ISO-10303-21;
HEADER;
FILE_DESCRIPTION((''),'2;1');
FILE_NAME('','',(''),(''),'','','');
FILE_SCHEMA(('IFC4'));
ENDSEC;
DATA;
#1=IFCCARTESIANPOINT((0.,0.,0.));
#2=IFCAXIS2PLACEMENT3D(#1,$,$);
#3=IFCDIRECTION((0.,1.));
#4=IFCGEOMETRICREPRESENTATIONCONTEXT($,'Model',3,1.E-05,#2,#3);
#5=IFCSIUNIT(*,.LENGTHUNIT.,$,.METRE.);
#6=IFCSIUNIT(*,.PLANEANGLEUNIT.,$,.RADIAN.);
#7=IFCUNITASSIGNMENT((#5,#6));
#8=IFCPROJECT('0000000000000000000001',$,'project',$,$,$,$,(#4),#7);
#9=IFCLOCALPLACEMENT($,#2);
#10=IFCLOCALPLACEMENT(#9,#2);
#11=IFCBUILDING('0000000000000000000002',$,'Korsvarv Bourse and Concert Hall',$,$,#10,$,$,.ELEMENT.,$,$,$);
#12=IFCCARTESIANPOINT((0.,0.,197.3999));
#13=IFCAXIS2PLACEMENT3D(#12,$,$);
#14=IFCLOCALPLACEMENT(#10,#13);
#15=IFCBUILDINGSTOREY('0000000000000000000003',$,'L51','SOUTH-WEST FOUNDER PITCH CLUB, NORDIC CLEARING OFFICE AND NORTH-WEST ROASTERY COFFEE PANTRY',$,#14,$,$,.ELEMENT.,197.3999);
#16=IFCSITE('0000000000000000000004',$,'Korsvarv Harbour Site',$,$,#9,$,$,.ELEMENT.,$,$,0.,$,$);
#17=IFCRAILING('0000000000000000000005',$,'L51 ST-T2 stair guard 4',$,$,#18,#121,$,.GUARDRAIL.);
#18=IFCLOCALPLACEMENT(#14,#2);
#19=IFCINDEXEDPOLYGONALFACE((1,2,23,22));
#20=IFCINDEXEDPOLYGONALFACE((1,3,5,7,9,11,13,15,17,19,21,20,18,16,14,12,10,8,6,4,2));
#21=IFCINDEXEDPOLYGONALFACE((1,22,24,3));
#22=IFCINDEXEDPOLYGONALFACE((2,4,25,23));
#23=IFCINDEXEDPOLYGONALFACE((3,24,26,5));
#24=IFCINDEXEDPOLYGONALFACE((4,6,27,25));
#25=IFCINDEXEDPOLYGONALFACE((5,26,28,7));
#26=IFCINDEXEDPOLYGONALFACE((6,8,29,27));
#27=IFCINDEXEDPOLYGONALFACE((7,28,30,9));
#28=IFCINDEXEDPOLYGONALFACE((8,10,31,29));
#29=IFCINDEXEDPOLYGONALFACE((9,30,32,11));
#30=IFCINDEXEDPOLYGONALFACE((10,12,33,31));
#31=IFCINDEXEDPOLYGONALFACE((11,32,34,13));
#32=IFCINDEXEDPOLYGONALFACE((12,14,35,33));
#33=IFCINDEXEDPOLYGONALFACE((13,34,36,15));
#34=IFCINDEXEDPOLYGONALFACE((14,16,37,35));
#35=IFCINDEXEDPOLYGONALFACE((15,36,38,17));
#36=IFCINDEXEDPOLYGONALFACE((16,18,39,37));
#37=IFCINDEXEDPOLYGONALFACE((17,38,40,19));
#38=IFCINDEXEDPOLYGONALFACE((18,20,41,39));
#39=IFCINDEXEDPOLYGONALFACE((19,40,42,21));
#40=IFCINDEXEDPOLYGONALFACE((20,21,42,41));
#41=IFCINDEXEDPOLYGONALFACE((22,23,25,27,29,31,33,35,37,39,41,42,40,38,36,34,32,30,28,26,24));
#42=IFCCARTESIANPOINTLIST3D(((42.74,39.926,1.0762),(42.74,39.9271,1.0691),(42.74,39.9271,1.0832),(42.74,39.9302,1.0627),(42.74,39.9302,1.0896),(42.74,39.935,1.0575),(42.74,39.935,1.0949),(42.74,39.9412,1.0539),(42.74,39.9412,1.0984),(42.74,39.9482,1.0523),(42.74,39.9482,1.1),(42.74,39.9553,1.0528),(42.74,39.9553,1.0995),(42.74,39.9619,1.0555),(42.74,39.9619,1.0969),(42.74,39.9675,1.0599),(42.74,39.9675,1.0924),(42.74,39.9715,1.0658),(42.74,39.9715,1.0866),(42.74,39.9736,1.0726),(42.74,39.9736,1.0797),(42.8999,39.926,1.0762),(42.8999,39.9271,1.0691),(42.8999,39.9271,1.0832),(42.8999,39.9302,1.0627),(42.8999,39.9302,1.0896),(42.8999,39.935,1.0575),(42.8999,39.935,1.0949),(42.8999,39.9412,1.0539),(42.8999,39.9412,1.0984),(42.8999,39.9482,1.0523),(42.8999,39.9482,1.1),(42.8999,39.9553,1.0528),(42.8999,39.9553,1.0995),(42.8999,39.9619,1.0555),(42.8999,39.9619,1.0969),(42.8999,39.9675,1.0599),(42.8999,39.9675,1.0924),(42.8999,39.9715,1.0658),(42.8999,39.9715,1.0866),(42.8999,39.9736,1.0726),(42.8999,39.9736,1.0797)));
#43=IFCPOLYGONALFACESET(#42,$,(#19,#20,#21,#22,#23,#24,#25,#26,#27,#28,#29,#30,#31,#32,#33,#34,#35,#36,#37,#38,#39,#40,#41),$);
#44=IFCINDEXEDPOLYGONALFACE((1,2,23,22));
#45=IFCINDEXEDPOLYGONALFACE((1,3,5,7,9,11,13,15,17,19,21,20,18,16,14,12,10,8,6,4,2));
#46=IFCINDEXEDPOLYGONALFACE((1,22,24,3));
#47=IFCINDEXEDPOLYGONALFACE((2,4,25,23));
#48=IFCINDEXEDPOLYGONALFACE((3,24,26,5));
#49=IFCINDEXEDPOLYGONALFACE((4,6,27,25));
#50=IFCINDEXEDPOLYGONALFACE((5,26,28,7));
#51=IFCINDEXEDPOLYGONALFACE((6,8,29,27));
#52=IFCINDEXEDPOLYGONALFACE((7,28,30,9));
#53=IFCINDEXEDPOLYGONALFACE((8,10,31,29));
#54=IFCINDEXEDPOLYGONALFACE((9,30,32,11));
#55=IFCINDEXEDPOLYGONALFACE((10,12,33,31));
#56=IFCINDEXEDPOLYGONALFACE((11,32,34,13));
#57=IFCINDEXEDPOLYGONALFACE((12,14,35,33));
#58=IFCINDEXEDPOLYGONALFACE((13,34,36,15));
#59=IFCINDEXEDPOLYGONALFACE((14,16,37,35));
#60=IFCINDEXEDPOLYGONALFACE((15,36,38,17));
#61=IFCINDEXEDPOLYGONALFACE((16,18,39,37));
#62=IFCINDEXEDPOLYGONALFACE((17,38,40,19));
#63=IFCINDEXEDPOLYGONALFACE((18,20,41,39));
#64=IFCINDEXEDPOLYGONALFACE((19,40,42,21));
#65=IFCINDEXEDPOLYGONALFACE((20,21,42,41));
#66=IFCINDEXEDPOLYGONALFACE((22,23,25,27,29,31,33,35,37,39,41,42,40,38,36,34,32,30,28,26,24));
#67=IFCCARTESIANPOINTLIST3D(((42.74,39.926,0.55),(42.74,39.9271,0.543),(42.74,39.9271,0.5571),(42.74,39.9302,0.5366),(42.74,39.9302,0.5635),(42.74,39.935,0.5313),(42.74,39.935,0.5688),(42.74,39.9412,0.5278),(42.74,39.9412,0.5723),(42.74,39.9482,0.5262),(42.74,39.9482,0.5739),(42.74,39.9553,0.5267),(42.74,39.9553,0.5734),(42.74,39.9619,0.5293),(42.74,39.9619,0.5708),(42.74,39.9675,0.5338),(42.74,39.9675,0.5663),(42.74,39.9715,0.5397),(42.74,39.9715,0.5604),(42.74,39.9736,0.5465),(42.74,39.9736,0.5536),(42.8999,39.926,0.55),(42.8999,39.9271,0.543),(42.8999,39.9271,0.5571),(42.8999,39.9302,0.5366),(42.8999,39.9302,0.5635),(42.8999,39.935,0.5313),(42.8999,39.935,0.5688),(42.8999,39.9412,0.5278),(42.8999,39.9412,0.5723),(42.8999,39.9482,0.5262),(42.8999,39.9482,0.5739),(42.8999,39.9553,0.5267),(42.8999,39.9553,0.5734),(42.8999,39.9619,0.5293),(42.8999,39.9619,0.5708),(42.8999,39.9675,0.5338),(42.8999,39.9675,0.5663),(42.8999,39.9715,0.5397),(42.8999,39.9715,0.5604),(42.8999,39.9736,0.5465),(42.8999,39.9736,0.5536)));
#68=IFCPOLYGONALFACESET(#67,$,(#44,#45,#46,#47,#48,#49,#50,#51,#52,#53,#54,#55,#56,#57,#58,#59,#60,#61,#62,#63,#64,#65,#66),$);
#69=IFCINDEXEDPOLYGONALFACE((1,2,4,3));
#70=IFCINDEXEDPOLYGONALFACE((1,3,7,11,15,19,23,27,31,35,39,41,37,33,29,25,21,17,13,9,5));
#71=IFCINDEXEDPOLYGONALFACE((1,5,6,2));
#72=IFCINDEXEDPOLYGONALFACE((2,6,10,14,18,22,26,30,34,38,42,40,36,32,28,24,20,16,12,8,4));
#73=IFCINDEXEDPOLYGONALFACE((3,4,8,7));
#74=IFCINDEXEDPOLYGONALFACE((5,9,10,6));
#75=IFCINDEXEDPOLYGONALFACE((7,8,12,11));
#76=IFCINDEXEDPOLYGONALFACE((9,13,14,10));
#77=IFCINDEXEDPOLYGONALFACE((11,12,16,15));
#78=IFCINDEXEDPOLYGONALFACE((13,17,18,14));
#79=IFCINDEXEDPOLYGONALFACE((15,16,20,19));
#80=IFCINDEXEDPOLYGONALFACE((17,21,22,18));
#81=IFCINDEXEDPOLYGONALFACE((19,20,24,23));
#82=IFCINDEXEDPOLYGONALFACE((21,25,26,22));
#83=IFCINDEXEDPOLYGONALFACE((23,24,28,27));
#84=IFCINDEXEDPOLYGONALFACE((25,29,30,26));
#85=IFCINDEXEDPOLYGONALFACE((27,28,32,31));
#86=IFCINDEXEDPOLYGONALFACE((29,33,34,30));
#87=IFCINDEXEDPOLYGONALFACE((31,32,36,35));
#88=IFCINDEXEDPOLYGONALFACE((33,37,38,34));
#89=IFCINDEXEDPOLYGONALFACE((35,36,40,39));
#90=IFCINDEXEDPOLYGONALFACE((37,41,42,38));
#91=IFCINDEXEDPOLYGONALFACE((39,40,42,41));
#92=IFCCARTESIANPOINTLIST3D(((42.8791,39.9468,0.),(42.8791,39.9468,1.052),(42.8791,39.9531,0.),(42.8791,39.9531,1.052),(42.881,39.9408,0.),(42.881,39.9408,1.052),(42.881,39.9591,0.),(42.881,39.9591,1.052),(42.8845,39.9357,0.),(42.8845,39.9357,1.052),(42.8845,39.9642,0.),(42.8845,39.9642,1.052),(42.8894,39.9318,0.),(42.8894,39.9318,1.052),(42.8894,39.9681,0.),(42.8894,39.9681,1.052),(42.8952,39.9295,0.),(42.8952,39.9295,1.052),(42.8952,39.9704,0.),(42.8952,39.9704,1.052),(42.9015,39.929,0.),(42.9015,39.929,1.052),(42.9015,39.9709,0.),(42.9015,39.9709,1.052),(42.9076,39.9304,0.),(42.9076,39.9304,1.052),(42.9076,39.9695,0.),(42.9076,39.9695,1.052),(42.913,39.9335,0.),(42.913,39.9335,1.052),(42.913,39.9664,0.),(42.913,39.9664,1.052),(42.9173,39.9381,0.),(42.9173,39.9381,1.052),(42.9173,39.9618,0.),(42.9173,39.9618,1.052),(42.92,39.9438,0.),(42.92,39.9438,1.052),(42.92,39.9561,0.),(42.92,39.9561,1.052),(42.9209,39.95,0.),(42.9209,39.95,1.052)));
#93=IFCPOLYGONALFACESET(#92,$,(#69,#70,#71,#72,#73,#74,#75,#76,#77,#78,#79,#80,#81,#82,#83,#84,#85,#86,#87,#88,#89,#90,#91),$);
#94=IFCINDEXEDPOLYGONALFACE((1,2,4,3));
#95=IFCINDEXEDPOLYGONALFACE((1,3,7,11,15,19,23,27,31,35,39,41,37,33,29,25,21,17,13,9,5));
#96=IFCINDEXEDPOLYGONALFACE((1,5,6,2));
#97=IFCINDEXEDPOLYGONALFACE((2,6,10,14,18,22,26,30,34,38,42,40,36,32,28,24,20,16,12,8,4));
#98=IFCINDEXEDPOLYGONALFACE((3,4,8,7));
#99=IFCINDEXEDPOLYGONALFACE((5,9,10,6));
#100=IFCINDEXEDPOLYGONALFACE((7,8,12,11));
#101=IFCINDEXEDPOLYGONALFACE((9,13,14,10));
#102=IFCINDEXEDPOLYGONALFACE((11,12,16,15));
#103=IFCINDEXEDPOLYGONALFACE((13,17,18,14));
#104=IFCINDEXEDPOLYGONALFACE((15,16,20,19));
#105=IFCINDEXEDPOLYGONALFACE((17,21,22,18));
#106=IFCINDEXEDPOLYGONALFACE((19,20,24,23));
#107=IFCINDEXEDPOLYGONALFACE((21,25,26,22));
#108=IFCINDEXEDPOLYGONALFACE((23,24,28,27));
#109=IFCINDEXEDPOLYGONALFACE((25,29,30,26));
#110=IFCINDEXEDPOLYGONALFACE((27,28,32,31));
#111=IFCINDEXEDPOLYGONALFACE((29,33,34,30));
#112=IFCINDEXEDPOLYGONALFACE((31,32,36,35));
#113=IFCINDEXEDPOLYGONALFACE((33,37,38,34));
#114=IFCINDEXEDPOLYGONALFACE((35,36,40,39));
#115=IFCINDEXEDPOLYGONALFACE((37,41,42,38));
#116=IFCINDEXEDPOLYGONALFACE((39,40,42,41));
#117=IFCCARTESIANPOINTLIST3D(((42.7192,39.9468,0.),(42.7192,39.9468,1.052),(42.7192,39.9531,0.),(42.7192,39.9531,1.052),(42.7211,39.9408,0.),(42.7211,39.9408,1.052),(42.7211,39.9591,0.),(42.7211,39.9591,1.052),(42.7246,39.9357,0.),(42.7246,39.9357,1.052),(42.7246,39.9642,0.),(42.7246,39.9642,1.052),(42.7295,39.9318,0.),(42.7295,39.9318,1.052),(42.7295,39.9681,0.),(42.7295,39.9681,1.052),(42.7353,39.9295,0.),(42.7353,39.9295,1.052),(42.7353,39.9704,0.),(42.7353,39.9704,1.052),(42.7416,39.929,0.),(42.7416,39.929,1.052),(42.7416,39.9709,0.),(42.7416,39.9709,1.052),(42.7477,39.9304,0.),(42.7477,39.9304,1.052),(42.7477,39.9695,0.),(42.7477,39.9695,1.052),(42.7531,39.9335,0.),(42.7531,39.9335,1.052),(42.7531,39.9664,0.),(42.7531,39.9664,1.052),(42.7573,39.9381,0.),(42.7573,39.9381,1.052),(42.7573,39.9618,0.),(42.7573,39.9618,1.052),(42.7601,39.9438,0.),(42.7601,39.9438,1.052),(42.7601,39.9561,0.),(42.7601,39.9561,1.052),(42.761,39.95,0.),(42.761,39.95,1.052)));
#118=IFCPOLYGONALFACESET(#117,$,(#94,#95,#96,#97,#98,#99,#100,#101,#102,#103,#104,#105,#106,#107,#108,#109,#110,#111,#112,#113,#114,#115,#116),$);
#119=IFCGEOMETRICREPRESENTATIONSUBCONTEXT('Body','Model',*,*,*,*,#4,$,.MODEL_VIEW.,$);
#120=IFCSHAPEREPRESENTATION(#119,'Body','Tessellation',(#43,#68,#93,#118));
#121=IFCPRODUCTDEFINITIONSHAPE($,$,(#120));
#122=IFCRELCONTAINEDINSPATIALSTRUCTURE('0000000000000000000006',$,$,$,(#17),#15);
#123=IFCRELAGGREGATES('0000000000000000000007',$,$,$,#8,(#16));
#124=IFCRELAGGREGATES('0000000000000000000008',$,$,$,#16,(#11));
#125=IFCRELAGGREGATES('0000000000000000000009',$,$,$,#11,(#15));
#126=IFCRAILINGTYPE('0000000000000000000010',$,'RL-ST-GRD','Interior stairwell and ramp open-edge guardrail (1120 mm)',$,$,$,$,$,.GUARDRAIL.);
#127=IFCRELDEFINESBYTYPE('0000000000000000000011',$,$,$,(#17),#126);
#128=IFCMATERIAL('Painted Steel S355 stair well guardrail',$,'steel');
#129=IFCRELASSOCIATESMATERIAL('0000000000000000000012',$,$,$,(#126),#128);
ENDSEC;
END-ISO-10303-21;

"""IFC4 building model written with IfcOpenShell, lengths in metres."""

from ifc_helpers import new_model, si_unit, direction, frame, origin, origin_2d, place, context, subcontext, project, spatial, circle, extrude, material, type_object, element, save


model = new_model("IFC4")

# Units and contexts
model_context = context("Model", 3, precision=1e-05, world=origin(), true_north=direction((0.0, 1.0)))
body_context = subcontext(model_context, "Body", "Model", "MODEL_VIEW")
ifc_project = project(units=[si_unit("LENGTHUNIT", "METRE"), si_unit("PLANEANGLEUNIT", "RADIAN")], contexts=[model_context])

# Site, building, storey
site_placement = place(None, origin())
site = spatial("IfcSite", under=ifc_project, at=site_placement, Name="Korsvarv Harbour Site", CompositionType="ELEMENT", RefElevation=0.0)
building_placement = place(site_placement, origin())
building = spatial("IfcBuilding", under=site, at=building_placement, Name="Korsvarv Bourse and Concert Hall", CompositionType="ELEMENT")
storey_placement = place(building_placement, frame((0.0, 0.0, 197.3999)))
storey = spatial("IfcBuildingStorey", under=building, at=storey_placement, Name="L51", Description="SOUTH-WEST FOUNDER PITCH CLUB, NORDIC CLEARING OFFICE AND NORTH-WEST ROASTERY COFFEE PANTRY", CompositionType="ELEMENT", Elevation=197.3999)

# Railing
ifc_material_1 = material(Name="Painted Steel S355 stair well guardrail", Category="steel")
railing_type_1 = type_object("IfcRailingType", Name="RL-ST-GRD", Description="Interior stairwell and ramp open-edge guardrail (1120 mm)", PredefinedType="GUARDRAIL", material=ifc_material_1)
railing_1_placement = place(storey_placement, frame((42.8999, 39.95, 0.0)))
element("IfcRailing", 1, at=railing_1_placement, inside=storey, type_object=railing_type_1, Name="L51 ST-T2 stair guard 4", PredefinedType="GUARDRAIL", context=body_context, shape_type="SweptSolid", body=[
    extrude(circle(Radius=0.0239, at=origin_2d()), frame((0.0, 0.0, 1.0762), z_axis=(-1.0, 0.0, 0.0), x_axis=(0.0, -1.0, 0.0)), (0.0, 0.0, 1.0), 0.1599),
    extrude(circle(Radius=0.0239, at=origin_2d()), frame((0.0, 0.0, 0.55), z_axis=(-1.0, 0.0, 0.0), x_axis=(0.0, -1.0, 0.0)), (0.0, 0.0, 1.0), 0.1599),
    extrude(circle(Radius=0.021, at=origin_2d()), origin(), (0.0, 0.0, 1.0), 1.052),
    extrude(circle(Radius=0.021, at=origin_2d()), frame((-0.1599, 0.0, 0.0)), (0.0, 0.0, 1.0), 1.052),
])

save(model, "model.ifc")
